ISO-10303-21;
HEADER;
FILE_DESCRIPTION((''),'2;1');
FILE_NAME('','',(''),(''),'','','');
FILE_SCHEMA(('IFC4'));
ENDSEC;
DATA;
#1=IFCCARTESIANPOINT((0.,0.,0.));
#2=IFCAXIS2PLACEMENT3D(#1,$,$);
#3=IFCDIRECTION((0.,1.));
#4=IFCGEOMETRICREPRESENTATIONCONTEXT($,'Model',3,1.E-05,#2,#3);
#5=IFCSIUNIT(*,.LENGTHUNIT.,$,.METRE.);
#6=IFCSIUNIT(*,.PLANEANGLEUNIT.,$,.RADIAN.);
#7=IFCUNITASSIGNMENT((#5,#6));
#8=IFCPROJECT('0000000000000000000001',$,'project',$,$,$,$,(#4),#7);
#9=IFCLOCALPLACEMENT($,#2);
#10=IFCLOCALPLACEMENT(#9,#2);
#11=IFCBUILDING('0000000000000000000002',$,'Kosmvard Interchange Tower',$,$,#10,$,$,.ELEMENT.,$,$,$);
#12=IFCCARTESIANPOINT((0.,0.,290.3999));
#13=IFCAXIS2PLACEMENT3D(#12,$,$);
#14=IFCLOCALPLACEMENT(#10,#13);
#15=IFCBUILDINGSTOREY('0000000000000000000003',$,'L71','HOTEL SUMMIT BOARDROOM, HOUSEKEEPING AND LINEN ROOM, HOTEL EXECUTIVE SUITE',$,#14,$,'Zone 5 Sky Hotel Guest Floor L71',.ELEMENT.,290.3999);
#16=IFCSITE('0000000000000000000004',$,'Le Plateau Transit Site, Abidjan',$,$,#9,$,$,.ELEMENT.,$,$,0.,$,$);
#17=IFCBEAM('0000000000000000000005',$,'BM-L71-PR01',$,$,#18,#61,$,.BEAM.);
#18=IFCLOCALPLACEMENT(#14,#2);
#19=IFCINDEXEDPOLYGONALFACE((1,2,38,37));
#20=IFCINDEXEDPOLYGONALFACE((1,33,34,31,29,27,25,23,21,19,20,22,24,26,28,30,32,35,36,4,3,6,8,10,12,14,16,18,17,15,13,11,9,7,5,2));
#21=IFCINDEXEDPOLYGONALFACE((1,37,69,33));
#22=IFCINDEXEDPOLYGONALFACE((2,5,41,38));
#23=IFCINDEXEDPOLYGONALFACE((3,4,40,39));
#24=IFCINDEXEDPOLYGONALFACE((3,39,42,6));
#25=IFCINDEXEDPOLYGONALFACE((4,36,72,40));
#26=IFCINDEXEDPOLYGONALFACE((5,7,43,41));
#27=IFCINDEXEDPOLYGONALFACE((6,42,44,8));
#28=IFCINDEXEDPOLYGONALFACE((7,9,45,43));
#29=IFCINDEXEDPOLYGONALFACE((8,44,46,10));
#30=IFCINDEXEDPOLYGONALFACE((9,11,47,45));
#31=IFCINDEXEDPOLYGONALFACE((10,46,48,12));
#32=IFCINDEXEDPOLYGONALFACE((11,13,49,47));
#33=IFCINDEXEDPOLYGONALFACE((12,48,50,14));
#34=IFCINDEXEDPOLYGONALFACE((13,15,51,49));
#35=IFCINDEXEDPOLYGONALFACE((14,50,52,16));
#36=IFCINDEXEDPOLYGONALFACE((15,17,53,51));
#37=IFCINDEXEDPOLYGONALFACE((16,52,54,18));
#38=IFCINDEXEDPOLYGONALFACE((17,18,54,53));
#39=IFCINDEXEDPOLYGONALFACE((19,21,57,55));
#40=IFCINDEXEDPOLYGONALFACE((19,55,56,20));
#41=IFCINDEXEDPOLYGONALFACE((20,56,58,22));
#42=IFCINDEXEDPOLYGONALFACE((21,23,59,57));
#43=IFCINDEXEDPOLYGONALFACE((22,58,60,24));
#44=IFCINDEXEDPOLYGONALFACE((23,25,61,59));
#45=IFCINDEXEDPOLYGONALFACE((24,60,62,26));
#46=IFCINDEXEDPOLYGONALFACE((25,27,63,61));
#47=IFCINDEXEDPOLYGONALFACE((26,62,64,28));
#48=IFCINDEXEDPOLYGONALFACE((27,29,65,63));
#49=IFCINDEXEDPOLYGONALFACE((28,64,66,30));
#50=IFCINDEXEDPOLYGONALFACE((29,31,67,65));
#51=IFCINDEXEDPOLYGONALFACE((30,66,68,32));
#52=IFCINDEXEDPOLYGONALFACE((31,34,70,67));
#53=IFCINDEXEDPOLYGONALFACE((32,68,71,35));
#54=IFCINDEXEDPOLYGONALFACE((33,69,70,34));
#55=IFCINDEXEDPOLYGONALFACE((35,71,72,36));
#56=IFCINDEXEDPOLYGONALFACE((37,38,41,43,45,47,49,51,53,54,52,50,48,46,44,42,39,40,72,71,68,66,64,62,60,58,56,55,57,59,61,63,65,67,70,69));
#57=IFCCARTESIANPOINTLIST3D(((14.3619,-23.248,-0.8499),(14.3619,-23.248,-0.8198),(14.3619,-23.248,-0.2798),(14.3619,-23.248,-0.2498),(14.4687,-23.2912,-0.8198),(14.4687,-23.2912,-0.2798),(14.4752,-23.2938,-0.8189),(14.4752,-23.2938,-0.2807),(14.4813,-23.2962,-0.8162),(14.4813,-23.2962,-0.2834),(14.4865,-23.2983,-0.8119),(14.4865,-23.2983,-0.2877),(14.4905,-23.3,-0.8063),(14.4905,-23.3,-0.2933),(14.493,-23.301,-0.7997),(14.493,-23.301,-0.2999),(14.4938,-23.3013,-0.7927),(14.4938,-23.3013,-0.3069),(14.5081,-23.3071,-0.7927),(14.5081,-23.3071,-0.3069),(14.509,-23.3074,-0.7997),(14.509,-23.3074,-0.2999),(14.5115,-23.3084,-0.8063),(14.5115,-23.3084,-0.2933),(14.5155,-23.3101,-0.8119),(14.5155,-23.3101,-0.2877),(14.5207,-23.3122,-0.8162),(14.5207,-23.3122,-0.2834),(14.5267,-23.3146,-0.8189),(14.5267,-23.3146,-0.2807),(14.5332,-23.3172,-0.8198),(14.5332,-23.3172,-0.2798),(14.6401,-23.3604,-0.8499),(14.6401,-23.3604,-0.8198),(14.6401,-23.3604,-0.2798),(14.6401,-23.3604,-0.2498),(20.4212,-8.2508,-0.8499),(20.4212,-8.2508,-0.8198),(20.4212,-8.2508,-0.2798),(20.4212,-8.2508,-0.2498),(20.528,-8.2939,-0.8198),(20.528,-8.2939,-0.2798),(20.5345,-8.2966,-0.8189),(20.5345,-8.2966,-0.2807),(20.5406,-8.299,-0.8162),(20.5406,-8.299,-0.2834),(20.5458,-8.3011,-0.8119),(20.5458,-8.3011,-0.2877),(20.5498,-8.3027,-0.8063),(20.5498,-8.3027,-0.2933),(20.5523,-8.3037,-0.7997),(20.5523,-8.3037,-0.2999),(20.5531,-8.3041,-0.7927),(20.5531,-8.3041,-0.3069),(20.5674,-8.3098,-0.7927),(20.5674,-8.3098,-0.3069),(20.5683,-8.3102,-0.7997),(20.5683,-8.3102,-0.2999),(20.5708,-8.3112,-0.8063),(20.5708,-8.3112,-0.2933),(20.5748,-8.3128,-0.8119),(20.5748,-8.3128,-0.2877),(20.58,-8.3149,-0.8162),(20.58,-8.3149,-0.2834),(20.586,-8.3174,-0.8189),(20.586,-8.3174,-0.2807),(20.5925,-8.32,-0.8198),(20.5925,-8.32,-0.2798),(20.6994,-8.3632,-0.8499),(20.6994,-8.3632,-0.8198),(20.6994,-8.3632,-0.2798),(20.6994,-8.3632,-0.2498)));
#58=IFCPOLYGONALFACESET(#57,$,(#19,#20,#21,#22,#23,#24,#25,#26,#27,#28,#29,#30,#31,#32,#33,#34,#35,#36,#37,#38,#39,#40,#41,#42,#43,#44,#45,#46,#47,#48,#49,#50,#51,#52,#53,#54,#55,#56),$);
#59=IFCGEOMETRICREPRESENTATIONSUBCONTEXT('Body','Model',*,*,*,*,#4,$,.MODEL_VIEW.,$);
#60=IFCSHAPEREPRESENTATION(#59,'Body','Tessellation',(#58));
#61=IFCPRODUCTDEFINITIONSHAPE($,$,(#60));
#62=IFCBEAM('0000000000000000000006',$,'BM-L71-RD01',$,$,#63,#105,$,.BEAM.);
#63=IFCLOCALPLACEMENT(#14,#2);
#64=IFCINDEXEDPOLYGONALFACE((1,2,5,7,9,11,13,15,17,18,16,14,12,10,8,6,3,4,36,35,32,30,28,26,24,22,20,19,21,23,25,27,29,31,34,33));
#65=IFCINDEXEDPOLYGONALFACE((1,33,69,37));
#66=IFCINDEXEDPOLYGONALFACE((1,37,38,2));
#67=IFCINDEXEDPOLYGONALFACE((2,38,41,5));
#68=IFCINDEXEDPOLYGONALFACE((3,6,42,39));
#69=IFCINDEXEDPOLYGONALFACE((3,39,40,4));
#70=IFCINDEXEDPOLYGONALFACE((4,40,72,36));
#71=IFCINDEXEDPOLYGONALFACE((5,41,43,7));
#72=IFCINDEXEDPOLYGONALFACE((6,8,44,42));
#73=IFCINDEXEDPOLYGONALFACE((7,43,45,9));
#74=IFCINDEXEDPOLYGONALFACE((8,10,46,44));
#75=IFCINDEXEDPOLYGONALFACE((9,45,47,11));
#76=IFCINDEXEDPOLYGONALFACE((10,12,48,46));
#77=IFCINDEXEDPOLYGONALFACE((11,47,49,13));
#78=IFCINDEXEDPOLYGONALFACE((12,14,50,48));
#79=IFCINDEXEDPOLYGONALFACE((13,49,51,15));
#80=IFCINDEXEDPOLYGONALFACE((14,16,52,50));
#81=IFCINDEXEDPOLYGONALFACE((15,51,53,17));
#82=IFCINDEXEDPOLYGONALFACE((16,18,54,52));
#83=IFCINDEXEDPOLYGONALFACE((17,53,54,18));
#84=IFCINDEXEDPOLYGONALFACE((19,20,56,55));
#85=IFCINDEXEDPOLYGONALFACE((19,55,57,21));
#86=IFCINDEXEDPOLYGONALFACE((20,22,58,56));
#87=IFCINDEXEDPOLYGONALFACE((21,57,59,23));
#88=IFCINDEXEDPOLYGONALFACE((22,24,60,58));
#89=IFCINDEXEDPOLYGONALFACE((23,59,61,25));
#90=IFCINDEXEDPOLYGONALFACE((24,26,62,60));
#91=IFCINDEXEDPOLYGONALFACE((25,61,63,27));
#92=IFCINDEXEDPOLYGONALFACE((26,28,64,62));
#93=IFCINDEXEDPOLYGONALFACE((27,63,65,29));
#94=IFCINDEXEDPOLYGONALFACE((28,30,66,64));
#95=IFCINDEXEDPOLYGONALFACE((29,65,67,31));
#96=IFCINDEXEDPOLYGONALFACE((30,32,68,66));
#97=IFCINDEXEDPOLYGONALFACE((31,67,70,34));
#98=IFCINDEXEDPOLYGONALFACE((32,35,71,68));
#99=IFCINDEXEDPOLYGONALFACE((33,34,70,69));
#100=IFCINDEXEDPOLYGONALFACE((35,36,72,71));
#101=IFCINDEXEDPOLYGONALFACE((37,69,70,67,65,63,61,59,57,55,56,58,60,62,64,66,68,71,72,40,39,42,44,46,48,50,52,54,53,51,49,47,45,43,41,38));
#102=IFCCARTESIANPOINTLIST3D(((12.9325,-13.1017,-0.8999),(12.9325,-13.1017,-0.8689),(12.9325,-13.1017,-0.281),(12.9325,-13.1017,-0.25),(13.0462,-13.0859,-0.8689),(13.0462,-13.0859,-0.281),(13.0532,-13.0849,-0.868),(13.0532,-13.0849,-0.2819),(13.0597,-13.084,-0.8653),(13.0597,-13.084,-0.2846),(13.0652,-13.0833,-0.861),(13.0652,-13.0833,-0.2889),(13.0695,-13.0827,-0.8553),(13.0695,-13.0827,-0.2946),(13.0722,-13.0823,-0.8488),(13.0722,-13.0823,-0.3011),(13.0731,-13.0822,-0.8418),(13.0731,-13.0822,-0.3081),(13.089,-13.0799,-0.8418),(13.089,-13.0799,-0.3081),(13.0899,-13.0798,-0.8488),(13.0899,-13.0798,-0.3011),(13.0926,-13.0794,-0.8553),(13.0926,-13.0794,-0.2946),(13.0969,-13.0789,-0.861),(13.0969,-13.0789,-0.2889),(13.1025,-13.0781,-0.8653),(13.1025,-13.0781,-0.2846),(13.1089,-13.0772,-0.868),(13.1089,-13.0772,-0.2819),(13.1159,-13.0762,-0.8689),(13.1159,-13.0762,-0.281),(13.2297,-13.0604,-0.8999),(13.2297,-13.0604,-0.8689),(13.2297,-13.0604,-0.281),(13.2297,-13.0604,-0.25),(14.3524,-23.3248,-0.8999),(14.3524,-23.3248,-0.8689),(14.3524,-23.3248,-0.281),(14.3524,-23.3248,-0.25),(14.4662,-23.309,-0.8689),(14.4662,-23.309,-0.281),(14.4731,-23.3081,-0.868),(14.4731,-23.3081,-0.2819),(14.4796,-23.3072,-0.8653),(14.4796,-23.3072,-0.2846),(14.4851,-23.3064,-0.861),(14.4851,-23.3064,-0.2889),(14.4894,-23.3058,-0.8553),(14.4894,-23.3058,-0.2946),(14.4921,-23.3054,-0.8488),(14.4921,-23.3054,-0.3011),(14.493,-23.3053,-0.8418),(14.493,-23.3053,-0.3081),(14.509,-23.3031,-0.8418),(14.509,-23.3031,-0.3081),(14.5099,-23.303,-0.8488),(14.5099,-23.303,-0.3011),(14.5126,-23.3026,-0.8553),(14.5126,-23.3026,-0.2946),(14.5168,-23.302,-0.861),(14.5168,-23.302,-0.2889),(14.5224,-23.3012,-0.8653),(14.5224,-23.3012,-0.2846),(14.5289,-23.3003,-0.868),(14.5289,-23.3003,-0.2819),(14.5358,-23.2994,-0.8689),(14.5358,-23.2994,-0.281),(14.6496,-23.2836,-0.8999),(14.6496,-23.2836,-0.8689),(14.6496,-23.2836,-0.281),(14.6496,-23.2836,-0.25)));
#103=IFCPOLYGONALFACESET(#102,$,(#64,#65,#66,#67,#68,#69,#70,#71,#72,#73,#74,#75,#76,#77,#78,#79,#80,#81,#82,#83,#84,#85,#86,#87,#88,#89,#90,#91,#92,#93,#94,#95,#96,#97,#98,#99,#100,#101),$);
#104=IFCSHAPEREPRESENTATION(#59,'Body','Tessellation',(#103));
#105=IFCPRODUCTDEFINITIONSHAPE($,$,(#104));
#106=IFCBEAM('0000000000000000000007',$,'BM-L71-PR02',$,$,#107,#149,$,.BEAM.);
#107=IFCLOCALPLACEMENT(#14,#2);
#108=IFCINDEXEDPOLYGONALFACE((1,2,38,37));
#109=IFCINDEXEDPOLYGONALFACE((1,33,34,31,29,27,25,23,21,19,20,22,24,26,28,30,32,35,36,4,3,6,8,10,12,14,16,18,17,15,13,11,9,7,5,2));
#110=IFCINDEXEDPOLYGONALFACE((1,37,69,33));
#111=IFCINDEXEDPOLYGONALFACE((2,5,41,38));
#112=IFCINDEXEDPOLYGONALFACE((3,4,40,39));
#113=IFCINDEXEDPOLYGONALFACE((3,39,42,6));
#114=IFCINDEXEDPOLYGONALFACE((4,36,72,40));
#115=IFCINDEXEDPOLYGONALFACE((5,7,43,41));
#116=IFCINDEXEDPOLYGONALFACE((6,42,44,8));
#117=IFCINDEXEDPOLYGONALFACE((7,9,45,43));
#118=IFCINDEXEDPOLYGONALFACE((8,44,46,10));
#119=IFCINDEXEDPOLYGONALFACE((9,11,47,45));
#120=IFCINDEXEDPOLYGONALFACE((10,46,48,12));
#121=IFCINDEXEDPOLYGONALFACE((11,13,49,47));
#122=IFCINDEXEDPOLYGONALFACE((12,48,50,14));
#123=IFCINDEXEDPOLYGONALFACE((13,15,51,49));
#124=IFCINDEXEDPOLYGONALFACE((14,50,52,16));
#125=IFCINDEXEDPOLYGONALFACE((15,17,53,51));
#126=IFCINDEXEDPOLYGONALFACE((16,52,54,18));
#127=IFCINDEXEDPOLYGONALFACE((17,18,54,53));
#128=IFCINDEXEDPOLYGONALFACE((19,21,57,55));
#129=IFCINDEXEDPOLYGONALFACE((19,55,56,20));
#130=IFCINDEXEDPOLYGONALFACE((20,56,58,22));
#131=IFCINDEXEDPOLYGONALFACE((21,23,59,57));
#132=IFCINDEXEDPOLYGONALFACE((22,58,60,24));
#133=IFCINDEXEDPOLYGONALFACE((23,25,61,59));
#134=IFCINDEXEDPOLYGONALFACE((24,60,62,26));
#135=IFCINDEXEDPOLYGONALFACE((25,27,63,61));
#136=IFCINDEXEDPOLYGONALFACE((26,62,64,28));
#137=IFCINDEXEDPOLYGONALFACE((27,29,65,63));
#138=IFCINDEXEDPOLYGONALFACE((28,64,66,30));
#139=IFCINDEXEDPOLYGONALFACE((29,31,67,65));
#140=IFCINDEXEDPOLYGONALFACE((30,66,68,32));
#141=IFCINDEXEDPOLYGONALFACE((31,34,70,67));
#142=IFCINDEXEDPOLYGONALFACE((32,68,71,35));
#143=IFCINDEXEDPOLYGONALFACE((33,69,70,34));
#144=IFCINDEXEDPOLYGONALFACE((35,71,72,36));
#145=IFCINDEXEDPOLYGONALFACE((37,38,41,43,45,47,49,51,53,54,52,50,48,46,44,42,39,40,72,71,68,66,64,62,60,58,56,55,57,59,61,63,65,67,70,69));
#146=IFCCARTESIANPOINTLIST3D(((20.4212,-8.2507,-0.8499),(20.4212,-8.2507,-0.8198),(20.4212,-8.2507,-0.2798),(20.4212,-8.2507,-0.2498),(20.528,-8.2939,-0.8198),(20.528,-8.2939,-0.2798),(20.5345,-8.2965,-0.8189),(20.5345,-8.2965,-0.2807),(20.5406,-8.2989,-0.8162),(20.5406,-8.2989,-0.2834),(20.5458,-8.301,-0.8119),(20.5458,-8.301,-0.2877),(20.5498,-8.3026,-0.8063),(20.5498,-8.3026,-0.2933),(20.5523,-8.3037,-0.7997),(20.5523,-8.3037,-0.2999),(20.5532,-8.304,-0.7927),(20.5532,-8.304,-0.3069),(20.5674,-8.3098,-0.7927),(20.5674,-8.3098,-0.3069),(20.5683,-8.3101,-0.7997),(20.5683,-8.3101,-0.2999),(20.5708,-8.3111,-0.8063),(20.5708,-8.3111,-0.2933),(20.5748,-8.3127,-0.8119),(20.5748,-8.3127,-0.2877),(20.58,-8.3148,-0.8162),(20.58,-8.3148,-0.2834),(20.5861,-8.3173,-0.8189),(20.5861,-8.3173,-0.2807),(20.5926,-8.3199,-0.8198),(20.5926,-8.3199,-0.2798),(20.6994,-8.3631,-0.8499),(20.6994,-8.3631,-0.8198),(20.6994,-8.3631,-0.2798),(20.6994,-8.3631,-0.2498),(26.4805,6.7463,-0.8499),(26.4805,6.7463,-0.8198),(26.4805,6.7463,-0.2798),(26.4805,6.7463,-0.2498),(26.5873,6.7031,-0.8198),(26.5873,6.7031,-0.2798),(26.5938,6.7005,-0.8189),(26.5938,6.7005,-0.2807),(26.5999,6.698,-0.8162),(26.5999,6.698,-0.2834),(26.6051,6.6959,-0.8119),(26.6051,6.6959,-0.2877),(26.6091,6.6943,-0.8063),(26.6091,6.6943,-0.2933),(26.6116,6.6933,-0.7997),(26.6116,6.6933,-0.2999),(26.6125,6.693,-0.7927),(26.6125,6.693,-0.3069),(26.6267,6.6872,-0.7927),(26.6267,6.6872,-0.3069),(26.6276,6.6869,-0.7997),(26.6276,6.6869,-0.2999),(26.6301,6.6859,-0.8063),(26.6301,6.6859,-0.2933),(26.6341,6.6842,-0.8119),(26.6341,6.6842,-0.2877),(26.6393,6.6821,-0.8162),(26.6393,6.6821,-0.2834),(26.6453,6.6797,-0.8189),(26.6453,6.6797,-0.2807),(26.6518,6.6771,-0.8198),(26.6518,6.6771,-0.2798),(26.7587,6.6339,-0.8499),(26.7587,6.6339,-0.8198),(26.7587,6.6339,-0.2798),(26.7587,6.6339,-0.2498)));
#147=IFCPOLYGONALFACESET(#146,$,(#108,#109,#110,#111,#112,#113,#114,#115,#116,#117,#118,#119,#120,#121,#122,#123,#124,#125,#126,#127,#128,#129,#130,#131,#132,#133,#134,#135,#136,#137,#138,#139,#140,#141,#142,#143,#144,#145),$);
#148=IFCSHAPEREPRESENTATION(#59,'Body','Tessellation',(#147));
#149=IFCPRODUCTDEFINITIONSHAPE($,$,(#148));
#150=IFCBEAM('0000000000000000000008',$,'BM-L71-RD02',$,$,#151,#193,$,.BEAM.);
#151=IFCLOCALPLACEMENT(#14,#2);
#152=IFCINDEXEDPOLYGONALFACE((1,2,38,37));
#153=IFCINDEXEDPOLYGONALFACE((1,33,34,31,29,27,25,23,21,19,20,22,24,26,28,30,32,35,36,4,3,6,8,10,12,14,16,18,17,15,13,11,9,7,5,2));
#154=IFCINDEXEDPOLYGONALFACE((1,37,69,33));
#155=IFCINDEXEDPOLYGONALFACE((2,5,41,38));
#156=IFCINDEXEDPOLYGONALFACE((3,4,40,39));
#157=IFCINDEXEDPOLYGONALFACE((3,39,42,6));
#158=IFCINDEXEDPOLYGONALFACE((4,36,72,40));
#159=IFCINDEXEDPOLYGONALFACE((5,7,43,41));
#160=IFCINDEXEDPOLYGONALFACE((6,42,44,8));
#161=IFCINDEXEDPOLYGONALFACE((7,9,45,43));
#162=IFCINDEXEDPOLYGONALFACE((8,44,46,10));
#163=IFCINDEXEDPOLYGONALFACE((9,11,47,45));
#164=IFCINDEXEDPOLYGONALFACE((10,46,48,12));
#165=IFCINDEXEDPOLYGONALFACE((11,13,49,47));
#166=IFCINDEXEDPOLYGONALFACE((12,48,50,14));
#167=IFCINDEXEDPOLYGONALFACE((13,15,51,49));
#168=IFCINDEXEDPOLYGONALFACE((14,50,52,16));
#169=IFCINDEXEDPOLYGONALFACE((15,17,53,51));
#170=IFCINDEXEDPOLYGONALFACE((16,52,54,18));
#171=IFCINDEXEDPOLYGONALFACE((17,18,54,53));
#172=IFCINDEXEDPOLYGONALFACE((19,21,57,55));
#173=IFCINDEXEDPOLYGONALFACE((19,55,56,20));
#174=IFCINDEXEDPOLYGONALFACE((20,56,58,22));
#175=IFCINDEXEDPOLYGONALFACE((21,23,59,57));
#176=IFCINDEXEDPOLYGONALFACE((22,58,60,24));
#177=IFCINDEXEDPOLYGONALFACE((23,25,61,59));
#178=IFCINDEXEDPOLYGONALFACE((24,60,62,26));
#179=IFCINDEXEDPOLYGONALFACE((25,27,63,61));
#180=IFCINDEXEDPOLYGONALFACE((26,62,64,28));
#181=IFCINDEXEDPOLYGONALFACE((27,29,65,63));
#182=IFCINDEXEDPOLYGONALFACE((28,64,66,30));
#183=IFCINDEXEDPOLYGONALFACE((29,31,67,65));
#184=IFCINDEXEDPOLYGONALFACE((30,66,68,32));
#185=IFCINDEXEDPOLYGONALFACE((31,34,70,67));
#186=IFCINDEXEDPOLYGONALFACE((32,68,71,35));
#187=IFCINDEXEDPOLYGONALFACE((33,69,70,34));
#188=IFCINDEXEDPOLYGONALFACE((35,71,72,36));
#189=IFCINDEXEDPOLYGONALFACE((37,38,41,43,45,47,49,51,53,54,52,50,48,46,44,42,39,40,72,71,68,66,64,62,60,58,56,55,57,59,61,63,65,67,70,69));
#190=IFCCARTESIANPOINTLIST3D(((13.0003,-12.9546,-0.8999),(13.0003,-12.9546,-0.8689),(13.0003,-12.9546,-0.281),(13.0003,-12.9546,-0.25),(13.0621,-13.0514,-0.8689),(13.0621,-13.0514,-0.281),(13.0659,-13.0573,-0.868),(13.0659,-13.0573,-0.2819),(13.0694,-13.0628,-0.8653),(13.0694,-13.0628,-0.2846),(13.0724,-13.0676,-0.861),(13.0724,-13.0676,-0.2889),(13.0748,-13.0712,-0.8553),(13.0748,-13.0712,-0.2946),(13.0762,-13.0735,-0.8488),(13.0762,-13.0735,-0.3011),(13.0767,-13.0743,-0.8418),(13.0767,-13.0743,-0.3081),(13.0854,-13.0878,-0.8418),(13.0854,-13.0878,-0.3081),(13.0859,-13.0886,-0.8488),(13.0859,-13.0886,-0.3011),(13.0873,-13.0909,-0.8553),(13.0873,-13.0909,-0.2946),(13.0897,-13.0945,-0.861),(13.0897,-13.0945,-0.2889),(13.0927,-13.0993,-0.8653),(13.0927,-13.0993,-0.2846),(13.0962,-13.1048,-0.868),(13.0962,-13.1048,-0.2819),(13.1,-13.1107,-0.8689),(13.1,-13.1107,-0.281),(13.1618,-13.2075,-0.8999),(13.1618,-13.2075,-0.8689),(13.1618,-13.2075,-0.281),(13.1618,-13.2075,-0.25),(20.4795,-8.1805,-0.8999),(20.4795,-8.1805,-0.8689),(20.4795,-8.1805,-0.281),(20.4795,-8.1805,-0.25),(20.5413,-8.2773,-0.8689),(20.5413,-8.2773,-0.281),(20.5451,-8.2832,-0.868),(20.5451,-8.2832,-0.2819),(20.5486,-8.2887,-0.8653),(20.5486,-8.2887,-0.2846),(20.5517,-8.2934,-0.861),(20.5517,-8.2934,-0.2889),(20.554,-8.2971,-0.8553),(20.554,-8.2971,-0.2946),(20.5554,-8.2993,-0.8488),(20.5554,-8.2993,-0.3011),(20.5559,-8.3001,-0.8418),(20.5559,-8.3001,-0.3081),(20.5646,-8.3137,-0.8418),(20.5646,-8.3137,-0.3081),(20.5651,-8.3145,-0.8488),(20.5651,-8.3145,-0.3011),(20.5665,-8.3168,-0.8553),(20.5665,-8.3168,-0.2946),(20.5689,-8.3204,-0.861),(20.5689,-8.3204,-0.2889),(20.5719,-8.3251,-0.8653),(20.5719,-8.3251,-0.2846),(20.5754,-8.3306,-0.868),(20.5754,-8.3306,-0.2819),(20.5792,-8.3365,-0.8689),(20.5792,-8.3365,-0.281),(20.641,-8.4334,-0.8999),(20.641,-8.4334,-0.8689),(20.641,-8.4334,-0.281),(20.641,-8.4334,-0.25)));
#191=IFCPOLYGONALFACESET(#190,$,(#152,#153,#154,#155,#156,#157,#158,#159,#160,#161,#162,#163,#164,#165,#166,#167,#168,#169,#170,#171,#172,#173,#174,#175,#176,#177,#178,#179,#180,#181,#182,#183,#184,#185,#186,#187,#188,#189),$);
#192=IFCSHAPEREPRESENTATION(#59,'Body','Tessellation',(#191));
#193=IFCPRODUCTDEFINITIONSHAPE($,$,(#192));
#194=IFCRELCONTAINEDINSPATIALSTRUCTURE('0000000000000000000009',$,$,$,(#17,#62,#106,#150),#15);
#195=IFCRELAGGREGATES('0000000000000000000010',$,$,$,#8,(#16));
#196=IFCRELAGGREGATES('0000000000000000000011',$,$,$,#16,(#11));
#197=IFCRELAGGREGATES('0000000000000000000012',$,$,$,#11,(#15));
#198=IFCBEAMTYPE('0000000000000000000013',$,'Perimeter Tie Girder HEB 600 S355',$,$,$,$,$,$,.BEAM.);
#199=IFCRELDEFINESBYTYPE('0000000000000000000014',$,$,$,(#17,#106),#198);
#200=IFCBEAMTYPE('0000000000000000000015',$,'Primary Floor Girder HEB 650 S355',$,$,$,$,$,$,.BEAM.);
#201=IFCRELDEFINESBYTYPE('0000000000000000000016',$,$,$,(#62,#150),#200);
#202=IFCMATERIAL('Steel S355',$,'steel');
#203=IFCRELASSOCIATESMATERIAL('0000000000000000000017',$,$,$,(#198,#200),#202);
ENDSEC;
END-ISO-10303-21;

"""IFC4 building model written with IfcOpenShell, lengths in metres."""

from ifc_helpers import new_model, si_unit, direction, frame, origin, origin_2d, place, context, subcontext, project, spatial, i_section, extrude, source, transform, mapped, material, material_profile, profile_set, type_object, element, save


model = new_model("IFC4")

# Units and contexts
model_context = context("Model", 3, precision=1e-05, world=origin(), true_north=direction((0.0, 1.0)))
body_context = subcontext(model_context, "Body", "Model", "MODEL_VIEW")
ifc_project = project(units=[si_unit("LENGTHUNIT", "METRE"), si_unit("PLANEANGLEUNIT", "RADIAN")], contexts=[model_context])

# Site, building, storey
site_placement = place(None, origin())
site = spatial("IfcSite", under=ifc_project, at=site_placement, Name="Le Plateau Transit Site, Abidjan", CompositionType="ELEMENT", RefElevation=0.0)
building_placement = place(site_placement, origin())
building = spatial("IfcBuilding", under=site, at=building_placement, Name="Kosmvard Interchange Tower", CompositionType="ELEMENT")
storey_placement = place(building_placement, frame((0.0, 0.0, 290.3999)))
storey = spatial("IfcBuildingStorey", under=building, at=storey_placement, Name="L71", Description="HOTEL SUMMIT BOARDROOM, HOUSEKEEPING AND LINEN ROOM, HOTEL EXECUTIVE SUITE", LongName="Zone 5 Sky Hotel Guest Floor L71", CompositionType="ELEMENT", Elevation=290.3999)

# Beams
ifc_material_1 = material(Name="Steel S355", Category="steel")
ifc_material_profile_1 = material_profile(ifc_material_1, i_section(OverallWidth=0.3, OverallDepth=0.6001, WebThickness=0.0154, FlangeThickness=0.03, FilletRadius=0.0271, at=origin_2d()), Name="HEB 600")
ifc_profile_set_1 = profile_set([ifc_material_profile_1], Name="Steel S355")
beam_type_1 = type_object("IfcBeamType", Name="Perimeter Tie Girder HEB 600 S355", PredefinedType="BEAM", material=ifc_profile_set_1)
shared_shape_1 = source(origin(), body_context, "Body", "SweptSolid", [
    extrude(i_section(OverallWidth=0.3, OverallDepth=0.6001, WebThickness=0.0154, FlangeThickness=0.03, FilletRadius=0.0271, at=origin_2d()), origin(), (0.0, 0.0, 1.0), 16.175),
])
beam_1_placement = place(storey_placement, frame((14.501, -23.3042, -0.5498), z_axis=(0.374608, 0.927183, 0.0), x_axis=(-0.927183, 0.374608, 0.0)))
element("IfcBeam", 1, at=beam_1_placement, inside=storey, type_object=beam_type_1, Name="BM-L71-PR01", PredefinedType="BEAM", context=body_context, shape_type="MappedRepresentation", body=[
    mapped(shared_shape_1, transform((0.0, 0.0, 0.0), scale=1.0)),
])
ifc_material_profile_2 = material_profile(ifc_material_1, i_section(OverallWidth=0.3, OverallDepth=0.6499, WebThickness=0.0161, FlangeThickness=0.031, FilletRadius=0.0271, at=origin_2d()), Name="HEB 650")
ifc_profile_set_2 = profile_set([ifc_material_profile_2], Name="Steel S355")
beam_type_2 = type_object("IfcBeamType", Name="Primary Floor Girder HEB 650 S355", PredefinedType="BEAM", material=ifc_profile_set_2)
shared_shape_2 = source(origin(), body_context, "Body", "SweptSolid", [
    extrude(i_section(OverallWidth=0.3, OverallDepth=0.6499, WebThickness=0.0161, FlangeThickness=0.031, FilletRadius=0.0271, at=origin_2d()), origin(), (0.0, 0.0, 1.0), 10.3213),
])
beam_2_placement = place(storey_placement, frame((13.0811, -13.0811, -0.575), z_axis=(0.137572, -0.990492, 0.0), x_axis=(0.990492, 0.137572, 0.0)))
element("IfcBeam", 2, at=beam_2_placement, inside=storey, type_object=beam_type_2, Name="BM-L71-RD01", PredefinedType="BEAM", context=body_context, shape_type="MappedRepresentation", body=[
    mapped(shared_shape_2, transform((0.0, 0.0, 0.0), scale=1.0)),
])
shared_shape_3 = source(origin(), body_context, "Body", "SweptSolid", [
    extrude(i_section(OverallWidth=0.3, OverallDepth=0.6001, WebThickness=0.0154, FlangeThickness=0.03, FilletRadius=0.0271, at=origin_2d()), origin(), (0.0, 0.0, 1.0), 16.1748),
])
beam_3_placement = place(storey_placement, frame((20.5603, -8.3069, -0.5498), z_axis=(0.374613, 0.927181, 0.0), x_axis=(-0.927181, 0.374613, 0.0)))
element("IfcBeam", 3, at=beam_3_placement, inside=storey, type_object=beam_type_1, Name="BM-L71-PR02", PredefinedType="BEAM", context=body_context, shape_type="MappedRepresentation", body=[
    mapped(shared_shape_3, transform((0.0, 0.0, 0.0), scale=1.0)),
])
shared_shape_4 = source(origin(), body_context, "Body", "SweptSolid", [
    extrude(i_section(OverallWidth=0.3, OverallDepth=0.6499, WebThickness=0.0161, FlangeThickness=0.031, FilletRadius=0.0271, at=origin_2d()), origin(), (0.0, 0.0, 1.0), 8.873),
])
beam_4_placement = place(storey_placement, frame((13.0811, -13.0811, -0.575), z_axis=(0.842913, 0.53805, 0.0), x_axis=(-0.53805, 0.842913, 0.0)))
element("IfcBeam", 4, at=beam_4_placement, inside=storey, type_object=beam_type_2, Name="BM-L71-RD02", PredefinedType="BEAM", context=body_context, shape_type="MappedRepresentation", body=[
    mapped(shared_shape_4, transform((0.0, 0.0, 0.0), scale=1.0)),
])

save(model, "model.ifc")
